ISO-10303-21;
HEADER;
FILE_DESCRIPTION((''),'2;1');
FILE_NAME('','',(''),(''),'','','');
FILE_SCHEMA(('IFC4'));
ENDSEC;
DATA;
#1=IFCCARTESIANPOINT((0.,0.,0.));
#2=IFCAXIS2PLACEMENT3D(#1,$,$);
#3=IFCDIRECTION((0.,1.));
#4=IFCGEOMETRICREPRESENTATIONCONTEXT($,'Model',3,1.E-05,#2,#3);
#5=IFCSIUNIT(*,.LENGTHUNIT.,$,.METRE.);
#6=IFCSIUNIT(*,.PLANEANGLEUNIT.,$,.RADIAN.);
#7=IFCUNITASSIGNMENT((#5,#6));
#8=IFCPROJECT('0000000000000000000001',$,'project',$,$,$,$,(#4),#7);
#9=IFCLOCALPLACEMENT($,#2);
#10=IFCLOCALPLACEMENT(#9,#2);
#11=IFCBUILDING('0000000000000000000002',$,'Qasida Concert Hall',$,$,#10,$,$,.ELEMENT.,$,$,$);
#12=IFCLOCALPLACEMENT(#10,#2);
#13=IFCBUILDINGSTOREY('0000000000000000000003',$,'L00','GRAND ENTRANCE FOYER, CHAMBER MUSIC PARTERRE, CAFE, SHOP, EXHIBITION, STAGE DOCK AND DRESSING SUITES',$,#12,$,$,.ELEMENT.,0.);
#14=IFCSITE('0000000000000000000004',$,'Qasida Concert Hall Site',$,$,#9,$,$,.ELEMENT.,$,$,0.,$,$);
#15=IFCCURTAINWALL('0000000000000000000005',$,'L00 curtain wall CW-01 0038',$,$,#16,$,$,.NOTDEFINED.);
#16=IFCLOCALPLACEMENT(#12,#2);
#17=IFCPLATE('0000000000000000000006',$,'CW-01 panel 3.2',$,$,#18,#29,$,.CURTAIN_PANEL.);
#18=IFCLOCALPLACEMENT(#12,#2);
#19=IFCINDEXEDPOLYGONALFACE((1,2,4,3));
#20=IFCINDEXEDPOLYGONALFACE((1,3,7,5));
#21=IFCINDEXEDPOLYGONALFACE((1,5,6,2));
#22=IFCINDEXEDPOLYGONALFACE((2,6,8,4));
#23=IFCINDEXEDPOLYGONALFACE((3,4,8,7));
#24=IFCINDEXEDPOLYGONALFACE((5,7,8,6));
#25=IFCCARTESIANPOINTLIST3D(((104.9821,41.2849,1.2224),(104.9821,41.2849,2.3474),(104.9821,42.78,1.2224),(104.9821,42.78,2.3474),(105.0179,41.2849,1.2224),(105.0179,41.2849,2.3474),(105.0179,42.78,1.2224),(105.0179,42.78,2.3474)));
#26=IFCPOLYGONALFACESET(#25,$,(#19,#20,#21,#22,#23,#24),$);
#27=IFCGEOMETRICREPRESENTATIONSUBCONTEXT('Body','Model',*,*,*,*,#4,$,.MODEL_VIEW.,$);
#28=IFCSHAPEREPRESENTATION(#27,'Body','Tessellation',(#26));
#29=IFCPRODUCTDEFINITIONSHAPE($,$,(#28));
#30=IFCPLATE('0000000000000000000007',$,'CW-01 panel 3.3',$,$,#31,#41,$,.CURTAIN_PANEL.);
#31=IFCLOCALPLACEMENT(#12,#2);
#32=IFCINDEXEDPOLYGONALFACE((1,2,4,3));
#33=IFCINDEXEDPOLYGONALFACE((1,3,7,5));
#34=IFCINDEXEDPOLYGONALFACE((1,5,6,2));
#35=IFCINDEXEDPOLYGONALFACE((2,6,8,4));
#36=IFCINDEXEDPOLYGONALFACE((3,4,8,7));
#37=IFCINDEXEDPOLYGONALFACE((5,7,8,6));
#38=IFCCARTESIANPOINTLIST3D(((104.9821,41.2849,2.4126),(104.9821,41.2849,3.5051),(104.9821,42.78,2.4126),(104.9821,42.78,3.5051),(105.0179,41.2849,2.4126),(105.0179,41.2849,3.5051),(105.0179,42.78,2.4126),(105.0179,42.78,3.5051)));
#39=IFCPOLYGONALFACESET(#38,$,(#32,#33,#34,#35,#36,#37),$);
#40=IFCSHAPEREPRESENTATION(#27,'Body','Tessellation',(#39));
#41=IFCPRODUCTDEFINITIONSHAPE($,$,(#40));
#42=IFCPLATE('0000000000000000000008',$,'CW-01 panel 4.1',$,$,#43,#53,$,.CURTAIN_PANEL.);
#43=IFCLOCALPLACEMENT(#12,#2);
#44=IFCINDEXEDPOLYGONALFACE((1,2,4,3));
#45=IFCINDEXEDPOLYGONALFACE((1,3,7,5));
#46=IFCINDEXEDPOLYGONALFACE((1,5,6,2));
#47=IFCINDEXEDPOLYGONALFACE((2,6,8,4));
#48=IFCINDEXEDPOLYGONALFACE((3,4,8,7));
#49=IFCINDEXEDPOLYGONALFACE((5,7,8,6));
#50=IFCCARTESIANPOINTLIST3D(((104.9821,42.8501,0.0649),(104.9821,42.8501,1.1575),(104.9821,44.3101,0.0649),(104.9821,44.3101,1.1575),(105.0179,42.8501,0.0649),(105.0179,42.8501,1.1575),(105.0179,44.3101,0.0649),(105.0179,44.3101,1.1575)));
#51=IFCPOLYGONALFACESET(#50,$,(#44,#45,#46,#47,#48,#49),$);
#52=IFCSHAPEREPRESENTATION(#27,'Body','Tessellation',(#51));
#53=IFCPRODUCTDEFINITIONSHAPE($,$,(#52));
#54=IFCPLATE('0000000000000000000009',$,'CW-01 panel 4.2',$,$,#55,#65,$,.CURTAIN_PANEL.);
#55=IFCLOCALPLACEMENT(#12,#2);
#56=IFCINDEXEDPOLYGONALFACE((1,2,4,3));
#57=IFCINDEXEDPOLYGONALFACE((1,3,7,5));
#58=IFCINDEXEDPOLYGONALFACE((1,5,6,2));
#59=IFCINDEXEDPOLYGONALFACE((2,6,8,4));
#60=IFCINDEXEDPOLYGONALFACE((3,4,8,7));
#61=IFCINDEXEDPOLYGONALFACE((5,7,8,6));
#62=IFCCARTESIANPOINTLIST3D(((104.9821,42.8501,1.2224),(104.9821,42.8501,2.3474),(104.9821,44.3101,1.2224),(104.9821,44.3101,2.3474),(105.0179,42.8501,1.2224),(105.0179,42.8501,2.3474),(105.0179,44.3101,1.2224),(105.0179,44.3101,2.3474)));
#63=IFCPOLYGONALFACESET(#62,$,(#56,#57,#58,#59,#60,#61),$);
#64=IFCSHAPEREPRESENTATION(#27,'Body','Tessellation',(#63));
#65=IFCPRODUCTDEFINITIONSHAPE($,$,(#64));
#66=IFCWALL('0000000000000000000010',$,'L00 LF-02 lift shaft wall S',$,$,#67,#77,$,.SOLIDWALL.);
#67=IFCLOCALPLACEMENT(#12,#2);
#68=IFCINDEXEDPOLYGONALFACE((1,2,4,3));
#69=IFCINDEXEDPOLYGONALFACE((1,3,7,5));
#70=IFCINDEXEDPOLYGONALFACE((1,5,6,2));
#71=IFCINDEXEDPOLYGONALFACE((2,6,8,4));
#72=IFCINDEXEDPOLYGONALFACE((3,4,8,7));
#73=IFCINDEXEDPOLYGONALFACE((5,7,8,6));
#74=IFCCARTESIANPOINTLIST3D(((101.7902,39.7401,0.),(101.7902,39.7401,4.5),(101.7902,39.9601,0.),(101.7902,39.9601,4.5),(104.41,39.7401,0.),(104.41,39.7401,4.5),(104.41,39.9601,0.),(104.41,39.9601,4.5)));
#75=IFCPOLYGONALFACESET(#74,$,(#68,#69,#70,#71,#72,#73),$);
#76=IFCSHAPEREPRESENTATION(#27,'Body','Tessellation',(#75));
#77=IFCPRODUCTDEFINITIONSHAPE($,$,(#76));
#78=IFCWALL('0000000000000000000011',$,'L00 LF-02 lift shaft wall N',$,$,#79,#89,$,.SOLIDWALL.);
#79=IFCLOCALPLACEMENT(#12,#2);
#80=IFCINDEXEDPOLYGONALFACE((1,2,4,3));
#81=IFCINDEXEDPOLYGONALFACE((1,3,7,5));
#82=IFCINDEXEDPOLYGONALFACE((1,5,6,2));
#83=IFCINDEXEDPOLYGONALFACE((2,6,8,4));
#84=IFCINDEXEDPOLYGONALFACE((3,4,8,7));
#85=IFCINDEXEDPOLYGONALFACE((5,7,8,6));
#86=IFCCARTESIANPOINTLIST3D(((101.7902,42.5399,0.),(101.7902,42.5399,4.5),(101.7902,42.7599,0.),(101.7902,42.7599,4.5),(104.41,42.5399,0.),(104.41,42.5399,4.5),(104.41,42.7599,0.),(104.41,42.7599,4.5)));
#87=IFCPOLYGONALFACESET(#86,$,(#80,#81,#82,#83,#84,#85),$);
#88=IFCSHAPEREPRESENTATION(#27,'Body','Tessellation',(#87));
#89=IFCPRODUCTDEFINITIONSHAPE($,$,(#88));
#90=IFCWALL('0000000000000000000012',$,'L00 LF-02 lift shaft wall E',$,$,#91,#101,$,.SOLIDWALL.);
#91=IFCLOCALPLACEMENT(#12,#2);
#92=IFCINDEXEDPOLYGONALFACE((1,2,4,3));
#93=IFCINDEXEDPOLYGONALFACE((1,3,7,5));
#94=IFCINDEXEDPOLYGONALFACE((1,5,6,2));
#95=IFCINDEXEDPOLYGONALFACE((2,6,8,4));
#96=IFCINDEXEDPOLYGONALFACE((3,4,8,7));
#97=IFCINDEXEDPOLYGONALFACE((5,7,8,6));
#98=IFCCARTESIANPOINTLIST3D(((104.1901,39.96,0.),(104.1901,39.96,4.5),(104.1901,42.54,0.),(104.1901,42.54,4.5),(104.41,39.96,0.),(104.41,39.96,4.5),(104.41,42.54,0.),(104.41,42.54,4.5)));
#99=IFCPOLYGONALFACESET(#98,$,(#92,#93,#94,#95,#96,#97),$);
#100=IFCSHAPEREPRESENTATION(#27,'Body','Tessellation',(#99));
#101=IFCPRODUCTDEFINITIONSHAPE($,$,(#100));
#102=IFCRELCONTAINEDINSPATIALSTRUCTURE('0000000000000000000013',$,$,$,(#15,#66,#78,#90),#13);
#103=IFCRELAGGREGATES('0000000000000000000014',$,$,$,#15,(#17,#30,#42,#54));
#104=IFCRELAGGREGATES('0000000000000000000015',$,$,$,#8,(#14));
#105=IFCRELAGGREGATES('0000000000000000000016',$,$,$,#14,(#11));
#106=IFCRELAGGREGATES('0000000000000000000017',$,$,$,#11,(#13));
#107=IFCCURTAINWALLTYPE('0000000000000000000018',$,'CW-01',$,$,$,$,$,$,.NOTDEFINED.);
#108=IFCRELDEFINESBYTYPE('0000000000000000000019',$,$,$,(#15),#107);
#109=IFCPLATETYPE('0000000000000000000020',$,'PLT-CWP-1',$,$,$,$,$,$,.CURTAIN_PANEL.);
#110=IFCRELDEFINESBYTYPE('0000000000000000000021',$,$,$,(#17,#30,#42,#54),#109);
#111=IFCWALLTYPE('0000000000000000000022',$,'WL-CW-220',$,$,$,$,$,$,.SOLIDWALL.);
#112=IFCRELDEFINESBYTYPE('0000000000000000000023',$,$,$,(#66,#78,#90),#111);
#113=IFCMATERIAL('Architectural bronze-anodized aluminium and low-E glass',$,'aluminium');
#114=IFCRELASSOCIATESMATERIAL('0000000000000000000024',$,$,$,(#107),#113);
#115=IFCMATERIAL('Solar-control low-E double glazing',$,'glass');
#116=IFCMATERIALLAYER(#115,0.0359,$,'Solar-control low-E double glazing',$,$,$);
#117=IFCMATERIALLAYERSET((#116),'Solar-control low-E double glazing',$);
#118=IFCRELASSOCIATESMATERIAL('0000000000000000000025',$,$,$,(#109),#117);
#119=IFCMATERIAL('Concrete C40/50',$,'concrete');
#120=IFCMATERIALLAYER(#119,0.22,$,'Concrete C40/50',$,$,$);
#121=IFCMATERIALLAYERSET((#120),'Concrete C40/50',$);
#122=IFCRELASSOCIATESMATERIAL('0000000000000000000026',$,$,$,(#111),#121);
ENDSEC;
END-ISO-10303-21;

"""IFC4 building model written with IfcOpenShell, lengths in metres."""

from ifc_helpers import new_model, si_unit, direction, frame, frame_2d, origin, origin_2d, place, context, subcontext, project, spatial, rectangle, extrude, material, layer, layer_set, type_object, element, aggregate, save


model = new_model("IFC4")

# Units and contexts
model_context = context("Model", 3, precision=1e-05, world=origin(), true_north=direction((0.0, 1.0)))
body_context = subcontext(model_context, "Body", "Model", "MODEL_VIEW")
ifc_project = project(units=[si_unit("LENGTHUNIT", "METRE"), si_unit("PLANEANGLEUNIT", "RADIAN")], contexts=[model_context])

# Site, building, storey
site_placement = place(None, origin())
site = spatial("IfcSite", under=ifc_project, at=site_placement, Name="Qasida Concert Hall Site", CompositionType="ELEMENT", RefElevation=0.0)
building_placement = place(site_placement, origin())
building = spatial("IfcBuilding", under=site, at=building_placement, Name="Qasida Concert Hall", CompositionType="ELEMENT")
storey_placement = place(building_placement, origin())
storey = spatial("IfcBuildingStorey", under=building, at=storey_placement, Name="L00", Description="GRAND ENTRANCE FOYER, CHAMBER MUSIC PARTERRE, CAFE, SHOP, EXHIBITION, STAGE DOCK AND DRESSING SUITES", CompositionType="ELEMENT", Elevation=0.0)

# Curtain wall, plates
ifc_material_1 = material(Name="Architectural bronze-anodized aluminium and low-E glass", Category="aluminium")
curtain_wall_type = type_object("IfcCurtainWallType", Name="CW-01", PredefinedType="NOTDEFINED", material=ifc_material_1)
curtain_wall_placement = place(storey_placement, origin())
curtain_wall = element("IfcCurtainWall", 1, at=curtain_wall_placement, inside=storey, type_object=curtain_wall_type, Name="L00 curtain wall CW-01 0038", PredefinedType="NOTDEFINED")
ifc_material_2 = material(Name="Solar-control low-E double glazing", Category="glass")
ifc_layer_1 = layer(ifc_material_2, 0.0359, Name="Solar-control low-E double glazing")
ifc_layer_set_1 = layer_set([ifc_layer_1], Name="Solar-control low-E double glazing")
plate_type = type_object("IfcPlateType", Name="PLT-CWP-1", PredefinedType="CURTAIN_PANEL", material=ifc_layer_set_1)
plate_1_placement = place(storey_placement, frame((105.0, 42.0325, 1.2224), z_axis=(0.0, 0.0, 1.0), x_axis=(0.0, 1.0, 0.0)))
plate_1 = element("IfcPlate", 2, at=plate_1_placement, type_object=plate_type, Name="CW-01 panel 3.2", PredefinedType="CURTAIN_PANEL", context=body_context, shape_type="SweptSolid", body=[
    extrude(rectangle(XDim=1.4951, YDim=0.0359, at=origin_2d()), origin(), (0.0, 0.0, 1.0), 1.125),
])
plate_2_placement = place(storey_placement, frame((105.0, 42.0325, 2.4126), z_axis=(0.0, 0.0, 1.0), x_axis=(0.0, 1.0, 0.0)))
plate_2 = element("IfcPlate", 3, at=plate_2_placement, type_object=plate_type, Name="CW-01 panel 3.3", PredefinedType="CURTAIN_PANEL", context=body_context, shape_type="SweptSolid", body=[
    extrude(rectangle(XDim=1.4951, YDim=0.0359, at=origin_2d()), origin(), (0.0, 0.0, 1.0), 1.0925),
])
plate_3_placement = place(storey_placement, frame((105.0, 43.5801, 0.0649), z_axis=(0.0, 0.0, 1.0), x_axis=(0.0, 1.0, 0.0)))
plate_3 = element("IfcPlate", 4, at=plate_3_placement, type_object=plate_type, Name="CW-01 panel 4.1", PredefinedType="CURTAIN_PANEL", context=body_context, shape_type="SweptSolid", body=[
    extrude(rectangle(XDim=1.46, YDim=0.0359, at=origin_2d()), origin(), (0.0, 0.0, 1.0), 1.0925),
])
plate_4_placement = place(storey_placement, frame((105.0, 43.5801, 1.2224), z_axis=(0.0, 0.0, 1.0), x_axis=(0.0, 1.0, 0.0)))
plate_4 = element("IfcPlate", 5, at=plate_4_placement, type_object=plate_type, Name="CW-01 panel 4.2", PredefinedType="CURTAIN_PANEL", context=body_context, shape_type="SweptSolid", body=[
    extrude(rectangle(XDim=1.46, YDim=0.0359, at=origin_2d()), origin(), (0.0, 0.0, 1.0), 1.125),
])
aggregate(curtain_wall, [plate_1, plate_2, plate_3, plate_4])

# Walls
ifc_material_3 = material(Name="Concrete C40/50", Category="concrete")
ifc_layer_2 = layer(ifc_material_3, 0.22, Name="Concrete C40/50")
ifc_layer_set_2 = layer_set([ifc_layer_2], Name="Concrete C40/50")
wall_type = type_object("IfcWallType", Name="WL-CW-220", PredefinedType="SOLIDWALL", material=ifc_layer_set_2)
for number, where, z_axis, x_axis, name in (
    (6, (101.79, 39.8501, 0.0), (0.0, 0.0, 1.0), (1.0, 0.0, 0.0), "L00 LF-02 lift shaft wall S"),
    (7, (101.79, 42.6499, 0.0), (0.0, 0.0, 1.0), (1.0, 0.0, 0.0), "L00 LF-02 lift shaft wall N"),
):
    element("IfcWall", number, at=place(storey_placement, frame(where, z_axis=z_axis, x_axis=x_axis)), inside=storey, type_object=wall_type, Name=name, PredefinedType="SOLIDWALL", context=body_context, shape_type="SweptSolid", body=[
        extrude(rectangle(XDim=2.6199, YDim=0.22, at=frame_2d((1.3101, 0.0))), origin(), (0.0, 0.0, 1.0), 4.5),
    ])

# Wall
wall_1_placement = place(storey_placement, frame((104.3, 39.96, 0.0), z_axis=(0.0, 0.0, 1.0), x_axis=(0.0, 1.0, 0.0)))
element("IfcWall", 8, at=wall_1_placement, inside=storey, type_object=wall_type, Name="L00 LF-02 lift shaft wall E", PredefinedType="SOLIDWALL", context=body_context, shape_type="SweptSolid", body=[
    extrude(rectangle(XDim=2.5801, YDim=0.22, at=frame_2d((1.29, 0.0))), origin(), (0.0, 0.0, 1.0), 4.5),
])

save(model, "model.ifc")
